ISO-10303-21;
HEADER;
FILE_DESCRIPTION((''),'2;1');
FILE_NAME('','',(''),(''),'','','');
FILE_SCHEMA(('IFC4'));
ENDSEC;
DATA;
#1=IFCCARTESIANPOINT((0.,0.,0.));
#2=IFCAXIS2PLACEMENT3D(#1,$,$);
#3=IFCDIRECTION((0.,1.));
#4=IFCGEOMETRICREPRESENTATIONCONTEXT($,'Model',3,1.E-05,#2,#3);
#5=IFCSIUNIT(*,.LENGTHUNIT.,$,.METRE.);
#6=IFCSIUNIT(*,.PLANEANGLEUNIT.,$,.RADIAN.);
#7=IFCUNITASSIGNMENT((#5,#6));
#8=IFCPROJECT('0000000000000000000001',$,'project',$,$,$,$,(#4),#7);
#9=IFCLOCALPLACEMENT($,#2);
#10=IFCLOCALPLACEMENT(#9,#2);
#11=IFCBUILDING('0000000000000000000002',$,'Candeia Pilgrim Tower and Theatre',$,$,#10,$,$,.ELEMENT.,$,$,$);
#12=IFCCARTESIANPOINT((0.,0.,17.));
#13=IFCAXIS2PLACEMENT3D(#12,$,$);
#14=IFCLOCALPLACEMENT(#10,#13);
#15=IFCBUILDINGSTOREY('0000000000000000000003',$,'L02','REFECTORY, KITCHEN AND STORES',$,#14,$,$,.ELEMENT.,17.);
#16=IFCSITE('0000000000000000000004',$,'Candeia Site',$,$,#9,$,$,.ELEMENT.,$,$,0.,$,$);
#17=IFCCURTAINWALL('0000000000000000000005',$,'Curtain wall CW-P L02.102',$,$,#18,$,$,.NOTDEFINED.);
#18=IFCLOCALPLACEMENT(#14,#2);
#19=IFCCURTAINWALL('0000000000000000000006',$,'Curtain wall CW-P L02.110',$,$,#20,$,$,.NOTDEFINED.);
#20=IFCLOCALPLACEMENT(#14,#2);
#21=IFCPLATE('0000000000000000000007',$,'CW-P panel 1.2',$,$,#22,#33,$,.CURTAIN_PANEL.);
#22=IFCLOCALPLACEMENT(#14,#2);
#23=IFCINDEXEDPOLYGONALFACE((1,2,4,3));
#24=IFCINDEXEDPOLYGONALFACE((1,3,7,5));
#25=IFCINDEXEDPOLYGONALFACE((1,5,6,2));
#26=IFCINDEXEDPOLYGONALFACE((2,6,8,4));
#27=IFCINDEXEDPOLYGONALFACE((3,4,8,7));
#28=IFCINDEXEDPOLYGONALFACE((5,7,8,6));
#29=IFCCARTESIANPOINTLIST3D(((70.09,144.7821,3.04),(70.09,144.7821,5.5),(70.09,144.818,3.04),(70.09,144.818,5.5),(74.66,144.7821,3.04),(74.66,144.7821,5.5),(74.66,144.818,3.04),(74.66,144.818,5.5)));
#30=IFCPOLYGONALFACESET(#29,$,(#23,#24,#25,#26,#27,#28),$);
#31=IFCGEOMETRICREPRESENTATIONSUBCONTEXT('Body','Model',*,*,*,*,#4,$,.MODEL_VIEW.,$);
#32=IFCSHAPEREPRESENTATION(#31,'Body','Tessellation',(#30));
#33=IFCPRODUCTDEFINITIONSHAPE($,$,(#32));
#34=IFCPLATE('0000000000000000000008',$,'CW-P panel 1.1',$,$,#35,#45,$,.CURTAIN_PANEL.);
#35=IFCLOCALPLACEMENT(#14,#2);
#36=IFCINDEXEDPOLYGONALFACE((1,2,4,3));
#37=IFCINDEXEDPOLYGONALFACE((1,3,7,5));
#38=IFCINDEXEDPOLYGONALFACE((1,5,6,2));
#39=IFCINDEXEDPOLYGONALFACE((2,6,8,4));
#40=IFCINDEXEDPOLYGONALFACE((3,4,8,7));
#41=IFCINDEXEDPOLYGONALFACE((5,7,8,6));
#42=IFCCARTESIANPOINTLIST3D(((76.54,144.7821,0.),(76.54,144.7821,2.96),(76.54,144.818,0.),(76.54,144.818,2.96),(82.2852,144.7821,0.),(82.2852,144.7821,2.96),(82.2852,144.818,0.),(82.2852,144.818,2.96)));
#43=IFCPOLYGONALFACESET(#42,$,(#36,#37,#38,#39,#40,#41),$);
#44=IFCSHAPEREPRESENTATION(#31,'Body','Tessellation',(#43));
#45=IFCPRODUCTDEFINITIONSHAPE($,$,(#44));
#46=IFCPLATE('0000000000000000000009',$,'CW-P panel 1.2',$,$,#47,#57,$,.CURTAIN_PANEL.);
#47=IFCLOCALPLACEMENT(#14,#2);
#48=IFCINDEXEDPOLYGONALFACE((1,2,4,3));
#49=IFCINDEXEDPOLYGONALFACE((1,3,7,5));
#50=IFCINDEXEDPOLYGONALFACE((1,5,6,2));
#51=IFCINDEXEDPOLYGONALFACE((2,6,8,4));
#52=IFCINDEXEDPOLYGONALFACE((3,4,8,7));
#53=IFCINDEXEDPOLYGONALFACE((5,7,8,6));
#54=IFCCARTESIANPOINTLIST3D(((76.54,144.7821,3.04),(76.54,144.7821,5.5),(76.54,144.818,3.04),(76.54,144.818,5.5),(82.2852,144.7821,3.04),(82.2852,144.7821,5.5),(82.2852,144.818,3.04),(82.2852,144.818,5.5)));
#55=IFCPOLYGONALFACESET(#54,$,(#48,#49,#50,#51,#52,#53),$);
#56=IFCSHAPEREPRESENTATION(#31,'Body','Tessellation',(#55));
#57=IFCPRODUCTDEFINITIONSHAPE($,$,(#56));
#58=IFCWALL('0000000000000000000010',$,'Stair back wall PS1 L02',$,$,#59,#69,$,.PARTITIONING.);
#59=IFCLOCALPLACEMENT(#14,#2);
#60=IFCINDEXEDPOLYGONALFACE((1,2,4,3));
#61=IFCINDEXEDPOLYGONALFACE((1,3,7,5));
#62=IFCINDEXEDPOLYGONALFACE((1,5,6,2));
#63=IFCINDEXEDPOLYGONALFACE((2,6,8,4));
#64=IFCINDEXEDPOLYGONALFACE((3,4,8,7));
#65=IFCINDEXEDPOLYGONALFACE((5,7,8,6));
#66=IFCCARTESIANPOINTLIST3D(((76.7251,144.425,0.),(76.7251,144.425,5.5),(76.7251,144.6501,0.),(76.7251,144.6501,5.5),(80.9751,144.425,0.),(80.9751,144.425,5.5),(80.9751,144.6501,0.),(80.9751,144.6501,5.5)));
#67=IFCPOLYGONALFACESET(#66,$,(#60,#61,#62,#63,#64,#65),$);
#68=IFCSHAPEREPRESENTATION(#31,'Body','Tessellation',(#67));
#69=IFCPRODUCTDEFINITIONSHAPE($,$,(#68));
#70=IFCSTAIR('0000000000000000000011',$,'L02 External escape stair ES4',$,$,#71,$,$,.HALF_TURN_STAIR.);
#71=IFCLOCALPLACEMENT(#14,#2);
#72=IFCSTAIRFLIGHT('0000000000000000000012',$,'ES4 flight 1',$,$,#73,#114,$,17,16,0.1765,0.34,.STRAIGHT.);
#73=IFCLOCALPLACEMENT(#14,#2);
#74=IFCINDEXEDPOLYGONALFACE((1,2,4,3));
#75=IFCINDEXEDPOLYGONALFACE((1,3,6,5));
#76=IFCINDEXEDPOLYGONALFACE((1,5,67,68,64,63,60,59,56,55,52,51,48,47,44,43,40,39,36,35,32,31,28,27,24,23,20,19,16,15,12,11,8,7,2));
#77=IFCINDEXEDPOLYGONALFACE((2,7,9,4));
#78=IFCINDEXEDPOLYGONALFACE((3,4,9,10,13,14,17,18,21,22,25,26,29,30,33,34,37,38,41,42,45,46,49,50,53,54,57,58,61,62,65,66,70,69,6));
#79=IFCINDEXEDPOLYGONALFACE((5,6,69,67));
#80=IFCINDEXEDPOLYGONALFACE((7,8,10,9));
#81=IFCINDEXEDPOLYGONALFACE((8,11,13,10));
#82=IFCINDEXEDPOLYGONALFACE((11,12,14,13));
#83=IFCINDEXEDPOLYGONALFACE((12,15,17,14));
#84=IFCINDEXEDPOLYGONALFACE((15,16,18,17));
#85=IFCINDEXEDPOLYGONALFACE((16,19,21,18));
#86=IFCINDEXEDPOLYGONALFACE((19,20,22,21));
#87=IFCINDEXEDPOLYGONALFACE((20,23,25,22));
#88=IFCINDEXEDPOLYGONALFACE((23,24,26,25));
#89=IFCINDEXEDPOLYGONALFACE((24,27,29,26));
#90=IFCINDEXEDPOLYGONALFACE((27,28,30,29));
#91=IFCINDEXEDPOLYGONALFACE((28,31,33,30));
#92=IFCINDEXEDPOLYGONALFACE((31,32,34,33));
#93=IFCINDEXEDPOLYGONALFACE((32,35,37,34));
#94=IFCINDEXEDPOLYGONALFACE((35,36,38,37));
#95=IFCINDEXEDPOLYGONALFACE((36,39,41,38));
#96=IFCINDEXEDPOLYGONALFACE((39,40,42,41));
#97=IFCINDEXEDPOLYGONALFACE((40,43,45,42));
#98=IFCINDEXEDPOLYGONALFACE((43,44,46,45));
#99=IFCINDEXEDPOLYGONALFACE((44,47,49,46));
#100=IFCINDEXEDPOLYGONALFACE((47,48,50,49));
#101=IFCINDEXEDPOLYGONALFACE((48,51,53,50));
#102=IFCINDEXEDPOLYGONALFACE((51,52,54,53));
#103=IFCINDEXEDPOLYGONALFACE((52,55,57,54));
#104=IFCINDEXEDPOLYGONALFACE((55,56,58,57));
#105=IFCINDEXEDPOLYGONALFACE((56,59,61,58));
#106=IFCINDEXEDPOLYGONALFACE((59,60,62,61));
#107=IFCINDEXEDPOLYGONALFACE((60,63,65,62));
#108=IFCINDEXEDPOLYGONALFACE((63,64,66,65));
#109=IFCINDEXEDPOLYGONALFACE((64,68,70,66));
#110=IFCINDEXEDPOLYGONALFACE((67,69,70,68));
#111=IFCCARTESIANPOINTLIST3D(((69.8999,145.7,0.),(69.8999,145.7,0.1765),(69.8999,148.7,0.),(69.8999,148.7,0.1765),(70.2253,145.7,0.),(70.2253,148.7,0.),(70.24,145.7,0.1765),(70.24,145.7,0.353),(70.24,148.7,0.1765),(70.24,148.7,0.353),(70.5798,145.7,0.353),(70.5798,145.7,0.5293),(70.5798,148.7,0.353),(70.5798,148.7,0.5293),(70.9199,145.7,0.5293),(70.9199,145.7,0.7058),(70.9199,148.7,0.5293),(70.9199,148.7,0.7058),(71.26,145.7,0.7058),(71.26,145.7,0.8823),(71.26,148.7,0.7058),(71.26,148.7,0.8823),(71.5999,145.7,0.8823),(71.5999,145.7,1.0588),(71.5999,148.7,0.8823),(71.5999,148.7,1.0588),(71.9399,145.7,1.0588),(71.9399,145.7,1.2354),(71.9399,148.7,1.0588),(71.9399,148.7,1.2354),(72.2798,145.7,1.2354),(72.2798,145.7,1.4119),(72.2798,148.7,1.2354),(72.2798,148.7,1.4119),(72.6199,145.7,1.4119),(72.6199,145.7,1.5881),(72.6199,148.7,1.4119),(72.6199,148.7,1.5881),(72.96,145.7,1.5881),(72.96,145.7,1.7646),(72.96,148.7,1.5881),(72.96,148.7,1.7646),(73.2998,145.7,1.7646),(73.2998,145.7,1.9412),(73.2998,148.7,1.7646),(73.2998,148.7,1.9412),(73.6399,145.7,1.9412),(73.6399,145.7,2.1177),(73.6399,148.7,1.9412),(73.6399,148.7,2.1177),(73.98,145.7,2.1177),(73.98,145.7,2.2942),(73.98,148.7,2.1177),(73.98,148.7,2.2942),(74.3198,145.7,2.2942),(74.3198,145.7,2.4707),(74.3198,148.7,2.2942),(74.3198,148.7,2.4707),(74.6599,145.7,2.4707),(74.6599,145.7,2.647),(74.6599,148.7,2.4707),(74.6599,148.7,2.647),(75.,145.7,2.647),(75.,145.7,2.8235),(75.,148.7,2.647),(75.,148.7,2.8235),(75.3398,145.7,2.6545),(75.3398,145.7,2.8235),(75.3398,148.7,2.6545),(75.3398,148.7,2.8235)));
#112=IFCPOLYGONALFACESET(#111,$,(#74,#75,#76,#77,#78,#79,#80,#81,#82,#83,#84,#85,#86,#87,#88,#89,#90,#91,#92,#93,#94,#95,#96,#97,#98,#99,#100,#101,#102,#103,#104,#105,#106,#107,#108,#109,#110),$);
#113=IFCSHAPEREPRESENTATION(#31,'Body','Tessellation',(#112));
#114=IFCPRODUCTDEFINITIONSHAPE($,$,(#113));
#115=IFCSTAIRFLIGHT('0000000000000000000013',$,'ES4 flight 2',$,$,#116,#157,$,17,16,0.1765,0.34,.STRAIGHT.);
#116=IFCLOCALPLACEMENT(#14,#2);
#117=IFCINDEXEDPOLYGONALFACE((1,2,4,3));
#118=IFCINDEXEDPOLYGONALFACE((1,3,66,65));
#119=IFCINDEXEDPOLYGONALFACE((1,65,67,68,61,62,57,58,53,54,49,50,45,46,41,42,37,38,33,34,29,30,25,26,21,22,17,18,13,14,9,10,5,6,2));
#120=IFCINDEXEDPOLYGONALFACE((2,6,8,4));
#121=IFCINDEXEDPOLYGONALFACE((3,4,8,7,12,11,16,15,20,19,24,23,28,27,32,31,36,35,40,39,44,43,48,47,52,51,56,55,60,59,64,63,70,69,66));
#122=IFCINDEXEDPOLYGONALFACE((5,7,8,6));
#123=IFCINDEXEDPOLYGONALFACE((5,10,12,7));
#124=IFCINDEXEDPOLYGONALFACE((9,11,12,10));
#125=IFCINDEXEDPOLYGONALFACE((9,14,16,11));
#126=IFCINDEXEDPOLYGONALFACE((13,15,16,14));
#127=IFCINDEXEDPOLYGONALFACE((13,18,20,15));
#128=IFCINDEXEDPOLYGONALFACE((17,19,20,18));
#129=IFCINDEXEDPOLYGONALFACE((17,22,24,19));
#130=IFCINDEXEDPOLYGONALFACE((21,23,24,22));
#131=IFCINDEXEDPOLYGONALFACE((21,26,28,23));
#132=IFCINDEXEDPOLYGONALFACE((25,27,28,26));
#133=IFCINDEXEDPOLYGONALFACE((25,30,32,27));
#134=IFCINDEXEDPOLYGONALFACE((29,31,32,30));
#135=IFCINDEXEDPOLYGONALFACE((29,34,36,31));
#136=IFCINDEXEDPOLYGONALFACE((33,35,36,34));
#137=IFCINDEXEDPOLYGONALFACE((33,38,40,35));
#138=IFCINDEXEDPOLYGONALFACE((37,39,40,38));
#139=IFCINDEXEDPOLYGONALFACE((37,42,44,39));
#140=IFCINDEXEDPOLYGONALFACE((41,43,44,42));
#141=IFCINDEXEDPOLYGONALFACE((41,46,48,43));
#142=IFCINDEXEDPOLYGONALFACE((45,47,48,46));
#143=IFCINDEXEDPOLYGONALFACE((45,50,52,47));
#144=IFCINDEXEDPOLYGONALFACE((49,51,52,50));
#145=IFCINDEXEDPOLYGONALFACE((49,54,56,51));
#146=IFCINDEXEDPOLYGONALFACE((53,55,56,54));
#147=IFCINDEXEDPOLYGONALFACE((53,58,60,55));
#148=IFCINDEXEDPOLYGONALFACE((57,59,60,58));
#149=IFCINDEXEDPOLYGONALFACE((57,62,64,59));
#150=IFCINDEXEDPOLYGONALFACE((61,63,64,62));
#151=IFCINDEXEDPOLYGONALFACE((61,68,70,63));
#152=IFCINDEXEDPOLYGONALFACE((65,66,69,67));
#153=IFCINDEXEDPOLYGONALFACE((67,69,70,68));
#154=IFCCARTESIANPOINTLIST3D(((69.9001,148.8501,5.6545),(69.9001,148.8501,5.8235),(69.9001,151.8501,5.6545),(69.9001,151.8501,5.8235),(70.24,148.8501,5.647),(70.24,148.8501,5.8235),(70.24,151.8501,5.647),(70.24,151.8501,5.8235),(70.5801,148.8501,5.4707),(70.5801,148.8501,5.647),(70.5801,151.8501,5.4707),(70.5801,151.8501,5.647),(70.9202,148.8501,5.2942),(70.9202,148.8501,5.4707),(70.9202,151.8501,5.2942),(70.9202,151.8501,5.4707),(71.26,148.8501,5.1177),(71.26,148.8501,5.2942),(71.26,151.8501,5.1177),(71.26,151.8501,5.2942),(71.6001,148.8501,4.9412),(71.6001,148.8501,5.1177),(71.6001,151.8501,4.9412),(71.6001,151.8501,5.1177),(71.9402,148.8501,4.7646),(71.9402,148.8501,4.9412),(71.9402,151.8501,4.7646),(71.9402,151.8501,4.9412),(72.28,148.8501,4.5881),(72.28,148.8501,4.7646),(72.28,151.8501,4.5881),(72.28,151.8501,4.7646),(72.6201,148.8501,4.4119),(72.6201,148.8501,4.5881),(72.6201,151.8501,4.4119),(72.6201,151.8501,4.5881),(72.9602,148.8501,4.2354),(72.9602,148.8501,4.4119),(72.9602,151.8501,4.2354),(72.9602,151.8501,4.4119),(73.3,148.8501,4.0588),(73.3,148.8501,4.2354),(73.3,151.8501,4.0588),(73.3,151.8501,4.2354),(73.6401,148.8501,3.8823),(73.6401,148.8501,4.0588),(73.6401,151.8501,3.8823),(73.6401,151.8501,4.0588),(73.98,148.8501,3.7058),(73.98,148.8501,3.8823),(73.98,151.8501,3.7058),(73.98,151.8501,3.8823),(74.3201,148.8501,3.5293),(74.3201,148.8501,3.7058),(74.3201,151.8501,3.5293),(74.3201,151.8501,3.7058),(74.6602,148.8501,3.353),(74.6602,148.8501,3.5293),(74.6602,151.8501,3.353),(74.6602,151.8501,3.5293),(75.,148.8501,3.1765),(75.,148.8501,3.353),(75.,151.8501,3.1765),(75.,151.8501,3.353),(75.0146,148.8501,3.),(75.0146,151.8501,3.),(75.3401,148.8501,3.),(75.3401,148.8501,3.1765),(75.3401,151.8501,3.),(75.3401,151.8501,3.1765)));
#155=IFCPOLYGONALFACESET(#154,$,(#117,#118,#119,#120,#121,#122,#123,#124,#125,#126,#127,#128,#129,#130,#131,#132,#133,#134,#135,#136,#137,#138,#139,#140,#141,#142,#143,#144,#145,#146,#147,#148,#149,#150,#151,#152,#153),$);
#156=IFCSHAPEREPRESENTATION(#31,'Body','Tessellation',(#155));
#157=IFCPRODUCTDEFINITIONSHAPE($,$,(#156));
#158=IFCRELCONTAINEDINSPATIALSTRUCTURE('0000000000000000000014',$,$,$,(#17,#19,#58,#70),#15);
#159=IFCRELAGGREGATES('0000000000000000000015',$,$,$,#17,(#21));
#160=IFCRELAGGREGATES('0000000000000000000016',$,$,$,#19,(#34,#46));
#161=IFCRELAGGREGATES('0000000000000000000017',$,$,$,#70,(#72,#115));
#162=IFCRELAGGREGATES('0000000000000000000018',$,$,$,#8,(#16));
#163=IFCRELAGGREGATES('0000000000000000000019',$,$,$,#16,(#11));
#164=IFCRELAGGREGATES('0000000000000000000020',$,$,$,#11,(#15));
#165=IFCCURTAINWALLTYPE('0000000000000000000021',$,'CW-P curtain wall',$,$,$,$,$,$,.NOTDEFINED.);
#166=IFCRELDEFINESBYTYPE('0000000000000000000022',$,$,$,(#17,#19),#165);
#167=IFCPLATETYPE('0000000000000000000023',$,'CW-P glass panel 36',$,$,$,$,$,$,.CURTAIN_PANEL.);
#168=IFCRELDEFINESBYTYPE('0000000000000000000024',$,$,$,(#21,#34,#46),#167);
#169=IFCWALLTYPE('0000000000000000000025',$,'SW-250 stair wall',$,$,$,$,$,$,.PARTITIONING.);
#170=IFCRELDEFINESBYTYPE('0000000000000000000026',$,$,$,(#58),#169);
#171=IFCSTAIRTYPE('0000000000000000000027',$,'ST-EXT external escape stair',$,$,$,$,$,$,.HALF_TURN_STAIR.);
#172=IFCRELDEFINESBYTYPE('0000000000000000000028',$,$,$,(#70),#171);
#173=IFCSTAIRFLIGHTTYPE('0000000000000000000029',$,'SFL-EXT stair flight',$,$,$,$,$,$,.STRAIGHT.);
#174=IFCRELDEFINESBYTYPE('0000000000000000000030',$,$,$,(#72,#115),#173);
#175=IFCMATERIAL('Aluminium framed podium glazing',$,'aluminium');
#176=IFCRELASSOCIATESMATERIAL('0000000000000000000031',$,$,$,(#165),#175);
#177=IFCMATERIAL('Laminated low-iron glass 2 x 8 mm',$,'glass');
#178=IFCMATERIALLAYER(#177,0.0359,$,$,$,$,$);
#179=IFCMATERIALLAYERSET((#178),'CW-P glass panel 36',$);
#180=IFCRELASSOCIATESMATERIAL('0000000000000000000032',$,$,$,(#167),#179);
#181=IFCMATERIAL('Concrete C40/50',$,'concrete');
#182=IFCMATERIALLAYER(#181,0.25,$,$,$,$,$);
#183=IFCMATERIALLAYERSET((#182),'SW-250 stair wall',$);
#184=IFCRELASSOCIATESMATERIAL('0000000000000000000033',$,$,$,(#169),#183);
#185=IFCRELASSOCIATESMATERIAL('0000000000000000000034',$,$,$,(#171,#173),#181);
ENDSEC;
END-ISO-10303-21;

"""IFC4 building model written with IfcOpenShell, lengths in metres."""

from ifc_helpers import new_model, si_unit, direction, frame, frame_2d, origin, origin_2d, place, context, subcontext, project, spatial, polyline, rectangle, outline, extrude, material, layer, layer_set, type_object, element, aggregate, save


model = new_model("IFC4")

# Units and contexts
model_context = context("Model", 3, precision=1e-05, world=origin(), true_north=direction((0.0, 1.0)))
body_context = subcontext(model_context, "Body", "Model", "MODEL_VIEW")
ifc_project = project(units=[si_unit("LENGTHUNIT", "METRE"), si_unit("PLANEANGLEUNIT", "RADIAN")], contexts=[model_context])

# Site, building, storey
site_placement = place(None, origin())
site = spatial("IfcSite", under=ifc_project, at=site_placement, Name="Candeia Site", CompositionType="ELEMENT", RefElevation=0.0)
building_placement = place(site_placement, origin())
building = spatial("IfcBuilding", under=site, at=building_placement, Name="Candeia Pilgrim Tower and Theatre", CompositionType="ELEMENT")
storey_placement = place(building_placement, frame((0.0, 0.0, 17.0)))
storey = spatial("IfcBuildingStorey", under=building, at=storey_placement, Name="L02", Description="REFECTORY, KITCHEN AND STORES", CompositionType="ELEMENT", Elevation=17.0)

# Shared definitions
ifc_material_1 = material(Name="Concrete C40/50", Category="concrete")

# Shared definitions
ifc_material_2 = material(Name="Aluminium framed podium glazing", Category="aluminium")
curtain_wall_type = type_object("IfcCurtainWallType", Name="CW-P curtain wall", PredefinedType="NOTDEFINED", material=ifc_material_2)

# Curtain wall
curtain_wall_1_placement = place(storey_placement, origin())
curtain_wall_1 = element("IfcCurtainWall", 1, at=curtain_wall_1_placement, inside=storey, type_object=curtain_wall_type, Name="Curtain wall CW-P L02.102", PredefinedType="NOTDEFINED")

# Curtain wall
curtain_wall_2_placement = place(storey_placement, origin())
curtain_wall_2 = element("IfcCurtainWall", 2, at=curtain_wall_2_placement, inside=storey, type_object=curtain_wall_type, Name="Curtain wall CW-P L02.110", PredefinedType="NOTDEFINED")

# Plates
ifc_material_3 = material(Name="Laminated low-iron glass 2 x 8 mm", Category="glass")
ifc_layer_1 = layer(ifc_material_3, 0.0359)
ifc_layer_set_1 = layer_set([ifc_layer_1], Name="CW-P glass panel 36")
plate_type = type_object("IfcPlateType", Name="CW-P glass panel 36", PredefinedType="CURTAIN_PANEL", material=ifc_layer_set_1)
plate_1_placement = place(storey_placement, frame((72.375, 144.8, 3.04), z_axis=(0.0, 0.0, 1.0), x_axis=(1.0, 0.0, 0.0)))
plate_1 = element("IfcPlate", 3, at=plate_1_placement, type_object=plate_type, Name="CW-P panel 1.2", PredefinedType="CURTAIN_PANEL", context=body_context, shape_type="SweptSolid", body=[
    extrude(rectangle(XDim=4.5701, YDim=0.0359, at=origin_2d()), origin(), (0.0, 0.0, 1.0), 2.46),
])
aggregate(curtain_wall_1, [plate_1])
plate_2_placement = place(storey_placement, frame((79.4126, 144.8, 0.0), z_axis=(0.0, 0.0, 1.0), x_axis=(1.0, 0.0, 0.0)))
plate_2 = element("IfcPlate", 4, at=plate_2_placement, type_object=plate_type, Name="CW-P panel 1.1", PredefinedType="CURTAIN_PANEL", context=body_context, shape_type="SweptSolid", body=[
    extrude(rectangle(XDim=5.7451, YDim=0.0359, at=origin_2d()), origin(), (0.0, 0.0, 1.0), 2.96),
])
plate_3_placement = place(storey_placement, frame((79.4126, 144.8, 3.04), z_axis=(0.0, 0.0, 1.0), x_axis=(1.0, 0.0, 0.0)))
plate_3 = element("IfcPlate", 5, at=plate_3_placement, type_object=plate_type, Name="CW-P panel 1.2", PredefinedType="CURTAIN_PANEL", context=body_context, shape_type="SweptSolid", body=[
    extrude(rectangle(XDim=5.7451, YDim=0.0359, at=origin_2d()), origin(), (0.0, 0.0, 1.0), 2.46),
])
aggregate(curtain_wall_2, [plate_2, plate_3])

# Wall
ifc_layer_2 = layer(ifc_material_1, 0.25)
ifc_layer_set_2 = layer_set([ifc_layer_2], Name="SW-250 stair wall")
wall_type_1 = type_object("IfcWallType", Name="SW-250 stair wall", PredefinedType="PARTITIONING", material=ifc_layer_set_2)
wall_1_placement = place(storey_placement, frame((76.7251, 144.5376, 0.0), z_axis=(0.0, 0.0, 1.0), x_axis=(1.0, 0.0, 0.0)))
element("IfcWall", 6, at=wall_1_placement, inside=storey, type_object=wall_type_1, Name="Stair back wall PS1 L02", PredefinedType="PARTITIONING", context=body_context, shape_type="SweptSolid", body=[
    extrude(rectangle(XDim=4.25, YDim=0.2251, at=frame_2d((2.125, 0.0))), origin(), (0.0, 0.0, 1.0), 5.5),
])

# Stair, stair flights
stair_type_1 = type_object("IfcStairType", Name="ST-EXT external escape stair", PredefinedType="HALF_TURN_STAIR", material=ifc_material_1)
stair_1_placement = place(storey_placement, origin())
stair_1 = element("IfcStair", 7, at=stair_1_placement, inside=storey, type_object=stair_type_1, Name="L02 External escape stair ES4", PredefinedType="HALF_TURN_STAIR")
stair_flight_type_1 = type_object("IfcStairFlightType", Name="SFL-EXT stair flight", PredefinedType="STRAIGHT", material=ifc_material_1)
stair_flight_1_placement = place(storey_placement, frame((69.8999, 147.2, 0.0), z_axis=(0.0, 0.0, 1.0), x_axis=(1.0, 0.0, 0.0)))
stair_flight_1 = element("IfcStairFlight", 8, at=stair_flight_1_placement, type_object=stair_flight_type_1, Name="ES4 flight 1", NumberOfRisers=17, NumberOfTreads=16, PredefinedType="STRAIGHT", RiserHeight=0.1765, TreadLength=0.34, context=body_context, shape_type="SweptSolid", body=[
    extrude(outline(polyline([(0.0, 0.0), (0.0, 0.1765), (0.3401, 0.1765), (0.3401, 0.353), (0.6799, 0.353), (0.6799, 0.5293), (1.02, 0.5293), (1.02, 0.7058), (1.3601, 0.7058), (1.3601, 0.8823), (1.7, 0.8823), (1.7, 1.0588), (2.04, 1.0588), (2.04, 1.2354), (2.3799, 1.2354), (2.3799, 1.4119), (2.72, 1.4119), (2.72, 1.5881), (3.0601, 1.5881), (3.0601, 1.7646), (3.3999, 1.7646), (3.3999, 1.9412), (3.74, 1.9412), (3.74, 2.1177), (4.0801, 2.1177), (4.0801, 2.2942), (4.4199, 2.2942), (4.4199, 2.4707), (4.76, 2.4707), (4.76, 2.647), (5.1001, 2.647), (5.1001, 2.8235), (5.4399, 2.8235), (5.4399, 3.0), (5.4399, 2.6545), (0.3254, 0.0), (0.0, 0.0)])), frame((0.0, 1.5, 0.0), z_axis=(0.0, -1.0, 0.0), x_axis=(1.0, 0.0, 0.0)), (0.0, 0.0, 1.0), 3.0),
])
stair_flight_2_placement = place(storey_placement, frame((75.3401, 150.3501, 3.0), z_axis=(0.0, 0.0, 1.0), x_axis=(-1.0, 0.0, 0.0)))
stair_flight_2 = element("IfcStairFlight", 9, at=stair_flight_2_placement, type_object=stair_flight_type_1, Name="ES4 flight 2", NumberOfRisers=17, NumberOfTreads=16, PredefinedType="STRAIGHT", RiserHeight=0.1765, TreadLength=0.34, context=body_context, shape_type="SweptSolid", body=[
    extrude(outline(polyline([(0.0, 0.0), (0.0, 0.1765), (0.3401, 0.1765), (0.3401, 0.353), (0.6799, 0.353), (0.6799, 0.5293), (1.02, 0.5293), (1.02, 0.7058), (1.3601, 0.7058), (1.3601, 0.8823), (1.7, 0.8823), (1.7, 1.0588), (2.04, 1.0588), (2.04, 1.2354), (2.3799, 1.2354), (2.3799, 1.4119), (2.72, 1.4119), (2.72, 1.5881), (3.0601, 1.5881), (3.0601, 1.7646), (3.3999, 1.7646), (3.3999, 1.9412), (3.74, 1.9412), (3.74, 2.1177), (4.0801, 2.1177), (4.0801, 2.2942), (4.4199, 2.2942), (4.4199, 2.4707), (4.76, 2.4707), (4.76, 2.647), (5.1001, 2.647), (5.1001, 2.8235), (5.4399, 2.8235), (5.4399, 3.0), (5.4399, 2.6545), (0.3254, 0.0), (0.0, 0.0)])), frame((0.0, 1.5, 0.0), z_axis=(0.0, -1.0, 0.0), x_axis=(1.0, 0.0, 0.0)), (0.0, 0.0, 1.0), 3.0),
])
aggregate(stair_1, [stair_flight_1, stair_flight_2])

save(model, "model.ifc")
